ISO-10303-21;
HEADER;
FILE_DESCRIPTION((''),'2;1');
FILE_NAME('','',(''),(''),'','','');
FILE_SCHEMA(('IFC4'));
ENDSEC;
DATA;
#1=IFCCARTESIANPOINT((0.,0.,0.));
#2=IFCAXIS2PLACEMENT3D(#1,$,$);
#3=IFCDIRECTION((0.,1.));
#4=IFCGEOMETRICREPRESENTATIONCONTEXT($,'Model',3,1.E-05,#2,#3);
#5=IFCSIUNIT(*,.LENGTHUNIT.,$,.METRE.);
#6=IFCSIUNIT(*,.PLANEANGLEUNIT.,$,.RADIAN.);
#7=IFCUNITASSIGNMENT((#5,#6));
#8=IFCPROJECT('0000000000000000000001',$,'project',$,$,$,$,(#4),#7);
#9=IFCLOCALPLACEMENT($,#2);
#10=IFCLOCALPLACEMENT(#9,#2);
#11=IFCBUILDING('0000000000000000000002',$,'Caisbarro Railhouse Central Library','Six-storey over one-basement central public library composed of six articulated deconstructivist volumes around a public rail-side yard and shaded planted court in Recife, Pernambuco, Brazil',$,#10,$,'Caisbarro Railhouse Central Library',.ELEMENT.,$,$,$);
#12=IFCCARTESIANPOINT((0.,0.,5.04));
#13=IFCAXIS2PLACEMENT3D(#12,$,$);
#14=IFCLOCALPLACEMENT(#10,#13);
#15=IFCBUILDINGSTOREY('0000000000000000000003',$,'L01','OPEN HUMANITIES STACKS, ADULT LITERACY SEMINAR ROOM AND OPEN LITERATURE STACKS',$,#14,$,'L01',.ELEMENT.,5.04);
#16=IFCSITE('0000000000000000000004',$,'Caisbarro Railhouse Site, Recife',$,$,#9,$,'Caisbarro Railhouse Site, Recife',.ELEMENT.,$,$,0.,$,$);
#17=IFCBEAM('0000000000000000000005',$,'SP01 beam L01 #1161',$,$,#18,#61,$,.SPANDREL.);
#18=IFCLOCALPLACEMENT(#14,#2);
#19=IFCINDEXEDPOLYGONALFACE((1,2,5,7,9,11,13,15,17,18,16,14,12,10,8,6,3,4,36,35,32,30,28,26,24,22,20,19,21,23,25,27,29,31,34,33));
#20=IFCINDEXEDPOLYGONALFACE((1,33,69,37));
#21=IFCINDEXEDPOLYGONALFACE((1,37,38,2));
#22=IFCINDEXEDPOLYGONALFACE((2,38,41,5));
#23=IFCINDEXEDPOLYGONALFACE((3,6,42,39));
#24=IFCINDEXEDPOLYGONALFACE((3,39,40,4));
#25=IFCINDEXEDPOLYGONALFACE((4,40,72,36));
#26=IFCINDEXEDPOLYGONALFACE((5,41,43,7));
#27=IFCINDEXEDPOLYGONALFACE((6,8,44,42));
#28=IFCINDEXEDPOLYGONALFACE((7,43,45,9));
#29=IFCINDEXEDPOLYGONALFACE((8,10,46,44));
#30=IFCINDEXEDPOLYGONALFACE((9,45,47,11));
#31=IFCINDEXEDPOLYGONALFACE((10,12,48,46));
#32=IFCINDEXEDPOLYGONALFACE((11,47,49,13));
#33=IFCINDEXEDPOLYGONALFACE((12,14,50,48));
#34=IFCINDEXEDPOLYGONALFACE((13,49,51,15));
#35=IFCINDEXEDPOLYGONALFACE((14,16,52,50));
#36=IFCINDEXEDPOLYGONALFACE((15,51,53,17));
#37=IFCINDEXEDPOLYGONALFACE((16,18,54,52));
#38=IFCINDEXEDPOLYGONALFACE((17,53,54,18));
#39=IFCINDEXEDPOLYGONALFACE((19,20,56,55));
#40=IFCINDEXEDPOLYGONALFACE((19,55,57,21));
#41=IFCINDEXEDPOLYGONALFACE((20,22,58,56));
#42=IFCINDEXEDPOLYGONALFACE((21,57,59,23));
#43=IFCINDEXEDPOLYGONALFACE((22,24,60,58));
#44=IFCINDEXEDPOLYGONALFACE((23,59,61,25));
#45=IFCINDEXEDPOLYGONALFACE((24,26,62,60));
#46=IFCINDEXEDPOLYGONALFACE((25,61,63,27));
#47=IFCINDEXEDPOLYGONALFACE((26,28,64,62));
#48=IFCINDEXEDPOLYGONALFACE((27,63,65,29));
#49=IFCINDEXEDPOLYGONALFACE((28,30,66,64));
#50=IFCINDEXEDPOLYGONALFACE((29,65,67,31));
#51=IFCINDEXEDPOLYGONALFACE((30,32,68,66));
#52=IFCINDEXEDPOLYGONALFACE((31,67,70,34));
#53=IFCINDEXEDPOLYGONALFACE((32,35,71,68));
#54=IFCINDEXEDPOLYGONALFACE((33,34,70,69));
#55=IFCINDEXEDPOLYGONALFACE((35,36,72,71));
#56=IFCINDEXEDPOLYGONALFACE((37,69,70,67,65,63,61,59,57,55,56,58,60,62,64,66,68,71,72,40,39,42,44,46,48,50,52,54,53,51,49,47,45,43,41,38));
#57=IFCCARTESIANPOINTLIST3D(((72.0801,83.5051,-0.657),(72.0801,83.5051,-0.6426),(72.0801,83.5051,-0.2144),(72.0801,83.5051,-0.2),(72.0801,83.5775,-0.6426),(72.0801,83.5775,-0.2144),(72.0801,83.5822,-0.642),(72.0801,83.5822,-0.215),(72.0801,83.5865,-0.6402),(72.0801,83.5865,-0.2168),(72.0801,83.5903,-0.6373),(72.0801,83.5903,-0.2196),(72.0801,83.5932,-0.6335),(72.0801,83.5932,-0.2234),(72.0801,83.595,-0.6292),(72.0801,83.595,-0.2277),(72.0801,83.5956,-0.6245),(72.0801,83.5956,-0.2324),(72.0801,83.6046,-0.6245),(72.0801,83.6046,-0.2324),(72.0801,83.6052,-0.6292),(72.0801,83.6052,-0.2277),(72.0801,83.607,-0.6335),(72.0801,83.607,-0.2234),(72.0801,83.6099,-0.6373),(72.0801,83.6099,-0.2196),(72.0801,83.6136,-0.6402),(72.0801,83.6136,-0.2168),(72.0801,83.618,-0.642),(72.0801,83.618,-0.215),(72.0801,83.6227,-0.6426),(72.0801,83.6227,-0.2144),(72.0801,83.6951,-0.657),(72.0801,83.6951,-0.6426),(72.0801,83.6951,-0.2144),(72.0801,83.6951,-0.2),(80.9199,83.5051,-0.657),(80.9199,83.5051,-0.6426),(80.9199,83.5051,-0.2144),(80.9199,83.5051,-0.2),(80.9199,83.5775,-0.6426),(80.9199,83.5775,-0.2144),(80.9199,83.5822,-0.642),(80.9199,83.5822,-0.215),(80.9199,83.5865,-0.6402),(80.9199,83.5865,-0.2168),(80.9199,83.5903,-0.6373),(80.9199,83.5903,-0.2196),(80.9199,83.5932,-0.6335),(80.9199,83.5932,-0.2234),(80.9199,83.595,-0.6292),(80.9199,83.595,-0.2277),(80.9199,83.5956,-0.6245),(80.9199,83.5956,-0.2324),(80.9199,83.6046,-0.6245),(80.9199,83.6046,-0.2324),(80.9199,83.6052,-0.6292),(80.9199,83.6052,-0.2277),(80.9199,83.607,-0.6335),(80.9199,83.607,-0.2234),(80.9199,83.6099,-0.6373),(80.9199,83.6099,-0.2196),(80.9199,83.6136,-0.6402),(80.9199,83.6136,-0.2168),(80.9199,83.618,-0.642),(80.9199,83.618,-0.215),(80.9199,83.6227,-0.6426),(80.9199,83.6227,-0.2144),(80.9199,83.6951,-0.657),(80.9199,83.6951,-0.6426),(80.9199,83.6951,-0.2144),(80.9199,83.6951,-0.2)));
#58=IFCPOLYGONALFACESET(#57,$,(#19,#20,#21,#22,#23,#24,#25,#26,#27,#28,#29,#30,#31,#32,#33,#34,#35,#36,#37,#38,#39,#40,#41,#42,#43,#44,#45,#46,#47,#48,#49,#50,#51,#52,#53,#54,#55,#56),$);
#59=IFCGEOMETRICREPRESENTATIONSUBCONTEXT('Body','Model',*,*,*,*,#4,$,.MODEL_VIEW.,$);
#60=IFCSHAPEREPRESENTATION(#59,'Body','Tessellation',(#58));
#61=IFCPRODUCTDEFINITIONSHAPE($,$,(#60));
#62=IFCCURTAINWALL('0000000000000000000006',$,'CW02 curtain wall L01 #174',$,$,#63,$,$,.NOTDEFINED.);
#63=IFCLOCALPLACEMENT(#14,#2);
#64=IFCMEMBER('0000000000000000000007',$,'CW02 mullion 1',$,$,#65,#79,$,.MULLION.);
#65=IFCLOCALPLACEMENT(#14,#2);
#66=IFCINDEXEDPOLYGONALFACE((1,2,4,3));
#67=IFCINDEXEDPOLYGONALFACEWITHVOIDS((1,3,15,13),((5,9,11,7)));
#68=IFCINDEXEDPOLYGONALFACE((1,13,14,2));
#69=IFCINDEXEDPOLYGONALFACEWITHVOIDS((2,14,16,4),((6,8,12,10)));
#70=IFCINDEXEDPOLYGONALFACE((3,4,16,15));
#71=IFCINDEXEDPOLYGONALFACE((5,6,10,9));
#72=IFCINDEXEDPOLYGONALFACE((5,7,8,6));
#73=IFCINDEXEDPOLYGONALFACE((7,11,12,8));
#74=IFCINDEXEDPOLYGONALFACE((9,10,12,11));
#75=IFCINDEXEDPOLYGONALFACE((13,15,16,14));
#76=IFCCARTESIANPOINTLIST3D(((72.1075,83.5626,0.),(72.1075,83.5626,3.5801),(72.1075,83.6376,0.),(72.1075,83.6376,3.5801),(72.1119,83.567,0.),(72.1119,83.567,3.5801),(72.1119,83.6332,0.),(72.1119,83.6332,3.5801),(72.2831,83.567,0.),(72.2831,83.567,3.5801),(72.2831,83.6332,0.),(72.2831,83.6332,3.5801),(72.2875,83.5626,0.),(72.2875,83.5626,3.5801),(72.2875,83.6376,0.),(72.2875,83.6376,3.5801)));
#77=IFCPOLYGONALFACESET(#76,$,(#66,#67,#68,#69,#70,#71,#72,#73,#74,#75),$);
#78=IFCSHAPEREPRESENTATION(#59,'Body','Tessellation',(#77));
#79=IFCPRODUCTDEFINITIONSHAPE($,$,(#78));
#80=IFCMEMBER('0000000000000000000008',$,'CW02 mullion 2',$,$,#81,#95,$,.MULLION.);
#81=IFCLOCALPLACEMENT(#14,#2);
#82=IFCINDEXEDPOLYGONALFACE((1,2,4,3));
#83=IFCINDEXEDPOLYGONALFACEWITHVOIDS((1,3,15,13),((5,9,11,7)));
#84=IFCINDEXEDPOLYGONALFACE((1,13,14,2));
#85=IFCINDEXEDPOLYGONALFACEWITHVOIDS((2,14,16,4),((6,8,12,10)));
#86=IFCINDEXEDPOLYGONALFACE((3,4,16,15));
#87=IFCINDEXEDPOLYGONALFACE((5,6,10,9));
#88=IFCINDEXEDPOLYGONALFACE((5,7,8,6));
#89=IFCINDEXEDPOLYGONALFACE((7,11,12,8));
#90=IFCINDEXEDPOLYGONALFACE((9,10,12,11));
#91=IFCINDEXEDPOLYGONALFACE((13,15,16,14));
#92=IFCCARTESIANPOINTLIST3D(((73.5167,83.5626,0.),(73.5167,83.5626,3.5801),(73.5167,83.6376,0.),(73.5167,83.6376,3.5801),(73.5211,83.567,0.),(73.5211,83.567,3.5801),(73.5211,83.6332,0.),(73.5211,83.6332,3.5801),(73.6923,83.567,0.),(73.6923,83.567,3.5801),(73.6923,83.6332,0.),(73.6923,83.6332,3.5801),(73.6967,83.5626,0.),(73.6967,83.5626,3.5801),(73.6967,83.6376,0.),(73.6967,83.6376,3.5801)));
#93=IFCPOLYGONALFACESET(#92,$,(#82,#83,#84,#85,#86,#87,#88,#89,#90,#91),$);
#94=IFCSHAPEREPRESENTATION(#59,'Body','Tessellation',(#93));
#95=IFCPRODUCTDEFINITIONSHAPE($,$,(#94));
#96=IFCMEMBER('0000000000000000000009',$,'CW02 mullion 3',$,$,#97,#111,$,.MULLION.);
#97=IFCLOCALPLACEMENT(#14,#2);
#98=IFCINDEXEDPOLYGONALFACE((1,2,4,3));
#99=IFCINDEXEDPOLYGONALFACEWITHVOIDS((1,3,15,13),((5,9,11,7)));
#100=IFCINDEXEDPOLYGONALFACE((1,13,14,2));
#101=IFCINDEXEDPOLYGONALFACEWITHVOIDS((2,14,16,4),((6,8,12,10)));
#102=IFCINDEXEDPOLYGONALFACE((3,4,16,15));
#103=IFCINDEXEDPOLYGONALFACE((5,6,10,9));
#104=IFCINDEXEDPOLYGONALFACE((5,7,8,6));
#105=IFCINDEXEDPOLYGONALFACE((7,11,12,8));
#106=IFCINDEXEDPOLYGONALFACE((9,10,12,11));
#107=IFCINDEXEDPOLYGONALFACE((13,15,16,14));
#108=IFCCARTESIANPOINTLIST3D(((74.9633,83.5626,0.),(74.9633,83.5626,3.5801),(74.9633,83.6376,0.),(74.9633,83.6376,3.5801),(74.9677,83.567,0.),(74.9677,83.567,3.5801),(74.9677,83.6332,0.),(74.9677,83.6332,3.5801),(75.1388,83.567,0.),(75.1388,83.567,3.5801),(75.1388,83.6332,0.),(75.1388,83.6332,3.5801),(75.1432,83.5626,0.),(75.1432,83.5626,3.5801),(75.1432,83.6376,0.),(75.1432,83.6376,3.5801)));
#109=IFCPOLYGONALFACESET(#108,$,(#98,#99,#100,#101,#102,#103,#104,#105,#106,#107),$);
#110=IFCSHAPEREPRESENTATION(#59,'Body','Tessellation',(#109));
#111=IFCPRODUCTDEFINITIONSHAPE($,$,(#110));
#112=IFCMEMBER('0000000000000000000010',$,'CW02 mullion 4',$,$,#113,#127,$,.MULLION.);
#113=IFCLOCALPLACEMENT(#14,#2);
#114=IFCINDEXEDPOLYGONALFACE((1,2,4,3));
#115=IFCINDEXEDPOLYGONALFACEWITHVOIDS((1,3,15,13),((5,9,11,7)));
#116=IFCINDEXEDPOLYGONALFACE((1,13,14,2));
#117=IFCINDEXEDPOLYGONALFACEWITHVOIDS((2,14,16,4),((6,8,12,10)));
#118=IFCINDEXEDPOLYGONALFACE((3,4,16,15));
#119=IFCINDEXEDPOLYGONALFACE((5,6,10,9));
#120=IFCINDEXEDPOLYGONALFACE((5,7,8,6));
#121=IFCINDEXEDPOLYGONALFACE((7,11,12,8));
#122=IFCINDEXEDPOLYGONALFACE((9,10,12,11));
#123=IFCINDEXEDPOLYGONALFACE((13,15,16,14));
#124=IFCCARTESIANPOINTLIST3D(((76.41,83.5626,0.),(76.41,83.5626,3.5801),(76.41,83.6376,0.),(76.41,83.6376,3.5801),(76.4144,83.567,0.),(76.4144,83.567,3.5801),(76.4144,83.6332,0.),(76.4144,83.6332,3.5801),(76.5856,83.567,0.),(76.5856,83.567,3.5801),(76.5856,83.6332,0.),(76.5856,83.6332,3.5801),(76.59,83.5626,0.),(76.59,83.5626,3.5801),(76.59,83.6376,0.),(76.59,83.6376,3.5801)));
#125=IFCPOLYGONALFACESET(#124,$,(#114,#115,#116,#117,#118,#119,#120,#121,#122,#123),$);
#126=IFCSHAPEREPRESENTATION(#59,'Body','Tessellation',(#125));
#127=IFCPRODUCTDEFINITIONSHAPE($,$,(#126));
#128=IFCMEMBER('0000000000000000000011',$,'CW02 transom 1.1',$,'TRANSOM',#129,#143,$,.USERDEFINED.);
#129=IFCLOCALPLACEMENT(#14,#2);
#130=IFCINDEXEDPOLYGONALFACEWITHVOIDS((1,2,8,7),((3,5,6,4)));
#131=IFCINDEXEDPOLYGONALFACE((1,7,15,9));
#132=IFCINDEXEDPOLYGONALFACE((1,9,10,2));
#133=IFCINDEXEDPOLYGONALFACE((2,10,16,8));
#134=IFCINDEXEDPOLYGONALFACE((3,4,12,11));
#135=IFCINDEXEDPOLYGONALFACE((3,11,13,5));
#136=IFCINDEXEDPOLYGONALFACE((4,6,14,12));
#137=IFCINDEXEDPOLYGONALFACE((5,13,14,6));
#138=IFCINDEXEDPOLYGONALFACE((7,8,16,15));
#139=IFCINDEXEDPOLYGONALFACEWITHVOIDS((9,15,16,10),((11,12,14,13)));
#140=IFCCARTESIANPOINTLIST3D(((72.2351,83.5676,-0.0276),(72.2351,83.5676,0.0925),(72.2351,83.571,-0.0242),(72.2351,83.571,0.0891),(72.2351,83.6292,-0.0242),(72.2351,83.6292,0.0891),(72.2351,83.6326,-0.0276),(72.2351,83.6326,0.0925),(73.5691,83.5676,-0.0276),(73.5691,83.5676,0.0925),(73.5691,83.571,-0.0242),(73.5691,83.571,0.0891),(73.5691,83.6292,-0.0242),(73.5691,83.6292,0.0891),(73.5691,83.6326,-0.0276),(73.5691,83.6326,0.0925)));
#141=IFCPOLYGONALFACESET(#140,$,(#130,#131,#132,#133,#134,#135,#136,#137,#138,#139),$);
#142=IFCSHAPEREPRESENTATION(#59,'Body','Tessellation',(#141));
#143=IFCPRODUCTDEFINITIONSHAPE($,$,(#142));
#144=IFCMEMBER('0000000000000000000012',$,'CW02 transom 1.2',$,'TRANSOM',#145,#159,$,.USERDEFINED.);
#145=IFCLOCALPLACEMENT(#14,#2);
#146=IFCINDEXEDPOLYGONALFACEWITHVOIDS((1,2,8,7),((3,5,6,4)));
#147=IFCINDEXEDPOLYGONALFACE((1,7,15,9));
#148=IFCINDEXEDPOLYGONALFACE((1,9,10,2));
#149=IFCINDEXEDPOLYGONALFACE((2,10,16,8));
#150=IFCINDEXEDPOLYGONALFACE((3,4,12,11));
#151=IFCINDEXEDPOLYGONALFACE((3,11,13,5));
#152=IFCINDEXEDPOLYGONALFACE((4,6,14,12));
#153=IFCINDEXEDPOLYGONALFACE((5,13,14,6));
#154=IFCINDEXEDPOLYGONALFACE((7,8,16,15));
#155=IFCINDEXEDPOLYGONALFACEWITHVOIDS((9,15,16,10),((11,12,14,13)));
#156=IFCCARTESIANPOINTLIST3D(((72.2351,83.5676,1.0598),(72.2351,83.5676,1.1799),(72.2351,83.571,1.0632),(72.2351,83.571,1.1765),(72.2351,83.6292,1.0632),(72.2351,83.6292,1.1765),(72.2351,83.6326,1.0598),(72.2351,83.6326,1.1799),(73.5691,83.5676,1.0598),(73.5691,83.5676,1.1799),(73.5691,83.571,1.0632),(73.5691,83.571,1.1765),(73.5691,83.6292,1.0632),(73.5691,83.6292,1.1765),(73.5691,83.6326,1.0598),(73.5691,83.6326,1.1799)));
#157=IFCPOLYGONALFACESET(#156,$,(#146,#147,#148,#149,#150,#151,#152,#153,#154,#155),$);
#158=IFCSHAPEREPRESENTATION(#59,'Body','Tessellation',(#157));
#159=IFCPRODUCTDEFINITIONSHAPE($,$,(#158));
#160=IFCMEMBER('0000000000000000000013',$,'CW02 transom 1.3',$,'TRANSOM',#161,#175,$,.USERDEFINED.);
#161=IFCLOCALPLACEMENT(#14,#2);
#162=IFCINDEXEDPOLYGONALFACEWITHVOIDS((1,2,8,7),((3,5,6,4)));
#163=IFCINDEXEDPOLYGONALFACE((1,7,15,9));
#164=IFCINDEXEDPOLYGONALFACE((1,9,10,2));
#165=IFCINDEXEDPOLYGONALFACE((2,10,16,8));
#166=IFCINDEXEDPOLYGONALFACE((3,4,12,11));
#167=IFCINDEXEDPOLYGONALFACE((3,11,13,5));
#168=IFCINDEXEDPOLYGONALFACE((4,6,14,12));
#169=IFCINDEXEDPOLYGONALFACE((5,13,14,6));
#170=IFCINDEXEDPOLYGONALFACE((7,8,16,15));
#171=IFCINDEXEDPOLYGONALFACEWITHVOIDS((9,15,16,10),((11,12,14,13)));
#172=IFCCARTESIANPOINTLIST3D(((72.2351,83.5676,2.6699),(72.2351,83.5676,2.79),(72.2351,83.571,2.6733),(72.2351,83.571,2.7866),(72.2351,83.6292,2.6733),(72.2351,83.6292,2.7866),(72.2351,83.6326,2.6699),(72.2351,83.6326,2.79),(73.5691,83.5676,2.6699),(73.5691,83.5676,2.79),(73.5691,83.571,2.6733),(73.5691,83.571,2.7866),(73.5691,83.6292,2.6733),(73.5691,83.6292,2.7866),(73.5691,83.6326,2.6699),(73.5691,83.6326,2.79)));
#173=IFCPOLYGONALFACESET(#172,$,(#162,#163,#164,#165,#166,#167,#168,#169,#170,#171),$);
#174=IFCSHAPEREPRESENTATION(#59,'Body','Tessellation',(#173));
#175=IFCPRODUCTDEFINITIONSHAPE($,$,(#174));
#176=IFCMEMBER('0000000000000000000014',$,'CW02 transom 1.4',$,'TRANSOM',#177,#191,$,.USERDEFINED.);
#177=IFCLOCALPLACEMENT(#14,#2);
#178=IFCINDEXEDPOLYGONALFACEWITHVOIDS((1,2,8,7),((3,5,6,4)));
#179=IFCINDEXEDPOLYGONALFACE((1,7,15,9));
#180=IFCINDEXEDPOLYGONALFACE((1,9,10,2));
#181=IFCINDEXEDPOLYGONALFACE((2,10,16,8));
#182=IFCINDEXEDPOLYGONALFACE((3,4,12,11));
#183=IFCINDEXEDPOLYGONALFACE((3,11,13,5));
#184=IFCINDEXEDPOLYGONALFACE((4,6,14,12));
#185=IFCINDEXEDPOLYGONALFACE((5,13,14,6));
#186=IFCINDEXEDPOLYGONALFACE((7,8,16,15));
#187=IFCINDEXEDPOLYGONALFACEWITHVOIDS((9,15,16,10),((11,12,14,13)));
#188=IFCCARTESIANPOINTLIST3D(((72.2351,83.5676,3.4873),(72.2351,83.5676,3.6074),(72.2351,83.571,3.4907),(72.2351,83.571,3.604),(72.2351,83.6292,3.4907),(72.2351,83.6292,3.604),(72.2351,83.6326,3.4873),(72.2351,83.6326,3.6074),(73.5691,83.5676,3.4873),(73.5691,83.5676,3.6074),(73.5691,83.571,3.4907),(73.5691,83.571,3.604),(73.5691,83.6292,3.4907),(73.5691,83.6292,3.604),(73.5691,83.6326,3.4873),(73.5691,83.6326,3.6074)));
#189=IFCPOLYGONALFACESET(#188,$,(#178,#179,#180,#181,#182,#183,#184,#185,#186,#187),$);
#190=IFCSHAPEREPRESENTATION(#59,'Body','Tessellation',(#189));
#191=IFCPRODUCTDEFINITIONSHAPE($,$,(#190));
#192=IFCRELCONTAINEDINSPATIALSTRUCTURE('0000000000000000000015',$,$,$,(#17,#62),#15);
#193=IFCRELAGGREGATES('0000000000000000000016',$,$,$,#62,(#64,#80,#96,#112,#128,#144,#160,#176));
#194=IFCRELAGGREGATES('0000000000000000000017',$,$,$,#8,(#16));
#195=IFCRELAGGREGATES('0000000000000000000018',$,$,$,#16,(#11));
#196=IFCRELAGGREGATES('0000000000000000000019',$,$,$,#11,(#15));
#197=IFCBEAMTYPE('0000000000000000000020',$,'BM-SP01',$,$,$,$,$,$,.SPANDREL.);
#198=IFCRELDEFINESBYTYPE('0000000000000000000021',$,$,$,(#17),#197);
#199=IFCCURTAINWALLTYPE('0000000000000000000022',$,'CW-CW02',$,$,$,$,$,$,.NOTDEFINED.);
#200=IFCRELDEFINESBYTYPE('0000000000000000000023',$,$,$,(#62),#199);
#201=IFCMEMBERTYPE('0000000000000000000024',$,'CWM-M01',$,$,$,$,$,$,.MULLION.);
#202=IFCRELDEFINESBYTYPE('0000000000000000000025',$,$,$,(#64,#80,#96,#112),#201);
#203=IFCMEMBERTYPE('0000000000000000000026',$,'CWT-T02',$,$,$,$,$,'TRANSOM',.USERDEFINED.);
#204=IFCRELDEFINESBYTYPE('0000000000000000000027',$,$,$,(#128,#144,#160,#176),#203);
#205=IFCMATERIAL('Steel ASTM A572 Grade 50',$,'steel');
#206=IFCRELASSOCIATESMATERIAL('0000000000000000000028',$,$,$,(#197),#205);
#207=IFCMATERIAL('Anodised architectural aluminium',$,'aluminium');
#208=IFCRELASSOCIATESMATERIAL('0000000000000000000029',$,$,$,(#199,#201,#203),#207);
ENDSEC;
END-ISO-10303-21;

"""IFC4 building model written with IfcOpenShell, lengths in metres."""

from ifc_helpers import new_model, si_unit, direction, frame, origin, origin_2d, place, context, subcontext, project, spatial, hollow_rectangle, i_section, extrude, material, material_profile, profile_set, type_object, element, aggregate, save


model = new_model("IFC4")

# Units and contexts
model_context = context("Model", 3, precision=1e-05, world=origin(), true_north=direction((0.0, 1.0)))
body_context = subcontext(model_context, "Body", "Model", "MODEL_VIEW")
ifc_project = project(units=[si_unit("LENGTHUNIT", "METRE"), si_unit("PLANEANGLEUNIT", "RADIAN")], contexts=[model_context])

# Site, building, storey
site_placement = place(None, origin())
site = spatial("IfcSite", under=ifc_project, at=site_placement, Name="Caisbarro Railhouse Site, Recife", LongName="Caisbarro Railhouse Site, Recife", CompositionType="ELEMENT", RefElevation=0.0)
building_placement = place(site_placement, origin())
building = spatial("IfcBuilding", under=site, at=building_placement, Name="Caisbarro Railhouse Central Library", Description="Six-storey over one-basement central public library composed of six articulated deconstructivist volumes around a public rail-side yard and shaded planted court in Recife, Pernambuco, Brazil", LongName="Caisbarro Railhouse Central Library", CompositionType="ELEMENT")
storey_placement = place(building_placement, frame((0.0, 0.0, 5.04)))
storey = spatial("IfcBuildingStorey", under=building, at=storey_placement, Name="L01", Description="OPEN HUMANITIES STACKS, ADULT LITERACY SEMINAR ROOM AND OPEN LITERATURE STACKS", LongName="L01", CompositionType="ELEMENT", Elevation=5.04)

# Beam
ifc_material_1 = material(Name="Steel ASTM A572 Grade 50", Category="steel")
ifc_material_profile_1 = material_profile(ifc_material_1, i_section(OverallWidth=0.1899, OverallDepth=0.457, WebThickness=0.009, FlangeThickness=0.0144, FilletRadius=0.0181, at=origin_2d()), Name="W460X74.0")
ifc_profile_set_1 = profile_set([ifc_material_profile_1], Name="Steel ASTM A572 Grade 50")
beam_type = type_object("IfcBeamType", Name="BM-SP01", PredefinedType="SPANDREL", material=ifc_profile_set_1)
beam_placement = place(storey_placement, frame((72.0801, 83.6001, -0.4285), z_axis=(1.0, 0.0, 0.0), x_axis=(0.0, 1.0, 0.0)))
element("IfcBeam", 1, at=beam_placement, inside=storey, type_object=beam_type, Name="SP01 beam L01 #1161", PredefinedType="SPANDREL", context=body_context, shape_type="SweptSolid", body=[
    extrude(i_section(OverallWidth=0.1899, OverallDepth=0.457, WebThickness=0.009, FlangeThickness=0.0144, FilletRadius=0.0181, at=origin_2d()), origin(), (0.0, 0.0, 1.0), 8.8398),
])

# Curtain wall, members
ifc_material_2 = material(Name="Anodised architectural aluminium", Category="aluminium")
curtain_wall_type = type_object("IfcCurtainWallType", Name="CW-CW02", PredefinedType="NOTDEFINED", material=ifc_material_2)
curtain_wall_placement = place(storey_placement, origin())
curtain_wall = element("IfcCurtainWall", 2, at=curtain_wall_placement, inside=storey, type_object=curtain_wall_type, Name="CW02 curtain wall L01 #174", PredefinedType="NOTDEFINED")
ifc_material_profile_2 = material_profile(ifc_material_2, hollow_rectangle(XDim=0.075, YDim=0.1799, WallThickness=0.0044, at=origin_2d()), Name="ALU-MUL-75X180")
ifc_profile_set_2 = profile_set([ifc_material_profile_2], Name="Anodised architectural aluminium")
member_type_1 = type_object("IfcMemberType", Name="CWM-M01", PredefinedType="MULLION", material=ifc_profile_set_2)
member_1_placement = place(storey_placement, frame((72.1975, 83.6001, 0.0), z_axis=(0.0, 0.0, 1.0), x_axis=(0.0, 1.0, 0.0)))
member_1 = element("IfcMember", 3, at=member_1_placement, type_object=member_type_1, Name="CW02 mullion 1", PredefinedType="MULLION", context=body_context, shape_type="SweptSolid", body=[
    extrude(hollow_rectangle(XDim=0.075, YDim=0.1799, WallThickness=0.0044, at=origin_2d()), origin(), (0.0, 0.0, 1.0), 3.5801),
])
member_2_placement = place(storey_placement, frame((73.6067, 83.6001, 0.0), z_axis=(0.0, 0.0, 1.0), x_axis=(0.0, 1.0, 0.0)))
member_2 = element("IfcMember", 4, at=member_2_placement, type_object=member_type_1, Name="CW02 mullion 2", PredefinedType="MULLION", context=body_context, shape_type="SweptSolid", body=[
    extrude(hollow_rectangle(XDim=0.075, YDim=0.1799, WallThickness=0.0044, at=origin_2d()), origin(), (0.0, 0.0, 1.0), 3.5801),
])
member_3_placement = place(storey_placement, frame((75.0532, 83.6001, 0.0), z_axis=(0.0, 0.0, 1.0), x_axis=(0.0, 1.0, 0.0)))
member_3 = element("IfcMember", 5, at=member_3_placement, type_object=member_type_1, Name="CW02 mullion 3", PredefinedType="MULLION", context=body_context, shape_type="SweptSolid", body=[
    extrude(hollow_rectangle(XDim=0.075, YDim=0.1799, WallThickness=0.0044, at=origin_2d()), origin(), (0.0, 0.0, 1.0), 3.5801),
])
member_4_placement = place(storey_placement, frame((76.5, 83.6001, 0.0), z_axis=(0.0, 0.0, 1.0), x_axis=(0.0, 1.0, 0.0)))
member_4 = element("IfcMember", 6, at=member_4_placement, type_object=member_type_1, Name="CW02 mullion 4", PredefinedType="MULLION", context=body_context, shape_type="SweptSolid", body=[
    extrude(hollow_rectangle(XDim=0.075, YDim=0.1799, WallThickness=0.0044, at=origin_2d()), origin(), (0.0, 0.0, 1.0), 3.5801),
])
ifc_material_profile_3 = material_profile(ifc_material_2, hollow_rectangle(XDim=0.0649, YDim=0.1201, WallThickness=0.0034, at=origin_2d()), Name="ALU-TRN-65X120")
ifc_profile_set_3 = profile_set([ifc_material_profile_3], Name="Anodised architectural aluminium")
member_type_2 = type_object("IfcMemberType", Name="CWT-T02", ElementType="TRANSOM", PredefinedType="USERDEFINED", material=ifc_profile_set_3)
member_5_placement = place(storey_placement, frame((72.2351, 83.6001, 0.0325), z_axis=(1.0, 0.0, 0.0), x_axis=(0.0, 1.0, 0.0)))
member_5 = element("IfcMember", 7, at=member_5_placement, type_object=member_type_2, Name="CW02 transom 1.1", ObjectType="TRANSOM", PredefinedType="USERDEFINED", context=body_context, shape_type="SweptSolid", body=[
    extrude(hollow_rectangle(XDim=0.0649, YDim=0.1201, WallThickness=0.0034, at=origin_2d()), origin(), (0.0, 0.0, 1.0), 1.334),
])
member_6_placement = place(storey_placement, frame((72.2351, 83.6001, 1.1199), z_axis=(1.0, 0.0, 0.0), x_axis=(0.0, 1.0, 0.0)))
member_6 = element("IfcMember", 8, at=member_6_placement, type_object=member_type_2, Name="CW02 transom 1.2", ObjectType="TRANSOM", PredefinedType="USERDEFINED", context=body_context, shape_type="SweptSolid", body=[
    extrude(hollow_rectangle(XDim=0.0649, YDim=0.1201, WallThickness=0.0034, at=origin_2d()), origin(), (0.0, 0.0, 1.0), 1.334),
])
member_7_placement = place(storey_placement, frame((72.2351, 83.6001, 2.73), z_axis=(1.0, 0.0, 0.0), x_axis=(0.0, 1.0, 0.0)))
member_7 = element("IfcMember", 9, at=member_7_placement, type_object=member_type_2, Name="CW02 transom 1.3", ObjectType="TRANSOM", PredefinedType="USERDEFINED", context=body_context, shape_type="SweptSolid", body=[
    extrude(hollow_rectangle(XDim=0.0649, YDim=0.1201, WallThickness=0.0034, at=origin_2d()), origin(), (0.0, 0.0, 1.0), 1.334),
])
member_8_placement = place(storey_placement, frame((72.2351, 83.6001, 3.5474), z_axis=(1.0, 0.0, 0.0), x_axis=(0.0, 1.0, 0.0)))
member_8 = element("IfcMember", 10, at=member_8_placement, type_object=member_type_2, Name="CW02 transom 1.4", ObjectType="TRANSOM", PredefinedType="USERDEFINED", context=body_context, shape_type="SweptSolid", body=[
    extrude(hollow_rectangle(XDim=0.0649, YDim=0.1201, WallThickness=0.0034, at=origin_2d()), origin(), (0.0, 0.0, 1.0), 1.334),
])
aggregate(curtain_wall, [member_1, member_2, member_3, member_4, member_5, member_6, member_7, member_8])

save(model, "model.ifc")
